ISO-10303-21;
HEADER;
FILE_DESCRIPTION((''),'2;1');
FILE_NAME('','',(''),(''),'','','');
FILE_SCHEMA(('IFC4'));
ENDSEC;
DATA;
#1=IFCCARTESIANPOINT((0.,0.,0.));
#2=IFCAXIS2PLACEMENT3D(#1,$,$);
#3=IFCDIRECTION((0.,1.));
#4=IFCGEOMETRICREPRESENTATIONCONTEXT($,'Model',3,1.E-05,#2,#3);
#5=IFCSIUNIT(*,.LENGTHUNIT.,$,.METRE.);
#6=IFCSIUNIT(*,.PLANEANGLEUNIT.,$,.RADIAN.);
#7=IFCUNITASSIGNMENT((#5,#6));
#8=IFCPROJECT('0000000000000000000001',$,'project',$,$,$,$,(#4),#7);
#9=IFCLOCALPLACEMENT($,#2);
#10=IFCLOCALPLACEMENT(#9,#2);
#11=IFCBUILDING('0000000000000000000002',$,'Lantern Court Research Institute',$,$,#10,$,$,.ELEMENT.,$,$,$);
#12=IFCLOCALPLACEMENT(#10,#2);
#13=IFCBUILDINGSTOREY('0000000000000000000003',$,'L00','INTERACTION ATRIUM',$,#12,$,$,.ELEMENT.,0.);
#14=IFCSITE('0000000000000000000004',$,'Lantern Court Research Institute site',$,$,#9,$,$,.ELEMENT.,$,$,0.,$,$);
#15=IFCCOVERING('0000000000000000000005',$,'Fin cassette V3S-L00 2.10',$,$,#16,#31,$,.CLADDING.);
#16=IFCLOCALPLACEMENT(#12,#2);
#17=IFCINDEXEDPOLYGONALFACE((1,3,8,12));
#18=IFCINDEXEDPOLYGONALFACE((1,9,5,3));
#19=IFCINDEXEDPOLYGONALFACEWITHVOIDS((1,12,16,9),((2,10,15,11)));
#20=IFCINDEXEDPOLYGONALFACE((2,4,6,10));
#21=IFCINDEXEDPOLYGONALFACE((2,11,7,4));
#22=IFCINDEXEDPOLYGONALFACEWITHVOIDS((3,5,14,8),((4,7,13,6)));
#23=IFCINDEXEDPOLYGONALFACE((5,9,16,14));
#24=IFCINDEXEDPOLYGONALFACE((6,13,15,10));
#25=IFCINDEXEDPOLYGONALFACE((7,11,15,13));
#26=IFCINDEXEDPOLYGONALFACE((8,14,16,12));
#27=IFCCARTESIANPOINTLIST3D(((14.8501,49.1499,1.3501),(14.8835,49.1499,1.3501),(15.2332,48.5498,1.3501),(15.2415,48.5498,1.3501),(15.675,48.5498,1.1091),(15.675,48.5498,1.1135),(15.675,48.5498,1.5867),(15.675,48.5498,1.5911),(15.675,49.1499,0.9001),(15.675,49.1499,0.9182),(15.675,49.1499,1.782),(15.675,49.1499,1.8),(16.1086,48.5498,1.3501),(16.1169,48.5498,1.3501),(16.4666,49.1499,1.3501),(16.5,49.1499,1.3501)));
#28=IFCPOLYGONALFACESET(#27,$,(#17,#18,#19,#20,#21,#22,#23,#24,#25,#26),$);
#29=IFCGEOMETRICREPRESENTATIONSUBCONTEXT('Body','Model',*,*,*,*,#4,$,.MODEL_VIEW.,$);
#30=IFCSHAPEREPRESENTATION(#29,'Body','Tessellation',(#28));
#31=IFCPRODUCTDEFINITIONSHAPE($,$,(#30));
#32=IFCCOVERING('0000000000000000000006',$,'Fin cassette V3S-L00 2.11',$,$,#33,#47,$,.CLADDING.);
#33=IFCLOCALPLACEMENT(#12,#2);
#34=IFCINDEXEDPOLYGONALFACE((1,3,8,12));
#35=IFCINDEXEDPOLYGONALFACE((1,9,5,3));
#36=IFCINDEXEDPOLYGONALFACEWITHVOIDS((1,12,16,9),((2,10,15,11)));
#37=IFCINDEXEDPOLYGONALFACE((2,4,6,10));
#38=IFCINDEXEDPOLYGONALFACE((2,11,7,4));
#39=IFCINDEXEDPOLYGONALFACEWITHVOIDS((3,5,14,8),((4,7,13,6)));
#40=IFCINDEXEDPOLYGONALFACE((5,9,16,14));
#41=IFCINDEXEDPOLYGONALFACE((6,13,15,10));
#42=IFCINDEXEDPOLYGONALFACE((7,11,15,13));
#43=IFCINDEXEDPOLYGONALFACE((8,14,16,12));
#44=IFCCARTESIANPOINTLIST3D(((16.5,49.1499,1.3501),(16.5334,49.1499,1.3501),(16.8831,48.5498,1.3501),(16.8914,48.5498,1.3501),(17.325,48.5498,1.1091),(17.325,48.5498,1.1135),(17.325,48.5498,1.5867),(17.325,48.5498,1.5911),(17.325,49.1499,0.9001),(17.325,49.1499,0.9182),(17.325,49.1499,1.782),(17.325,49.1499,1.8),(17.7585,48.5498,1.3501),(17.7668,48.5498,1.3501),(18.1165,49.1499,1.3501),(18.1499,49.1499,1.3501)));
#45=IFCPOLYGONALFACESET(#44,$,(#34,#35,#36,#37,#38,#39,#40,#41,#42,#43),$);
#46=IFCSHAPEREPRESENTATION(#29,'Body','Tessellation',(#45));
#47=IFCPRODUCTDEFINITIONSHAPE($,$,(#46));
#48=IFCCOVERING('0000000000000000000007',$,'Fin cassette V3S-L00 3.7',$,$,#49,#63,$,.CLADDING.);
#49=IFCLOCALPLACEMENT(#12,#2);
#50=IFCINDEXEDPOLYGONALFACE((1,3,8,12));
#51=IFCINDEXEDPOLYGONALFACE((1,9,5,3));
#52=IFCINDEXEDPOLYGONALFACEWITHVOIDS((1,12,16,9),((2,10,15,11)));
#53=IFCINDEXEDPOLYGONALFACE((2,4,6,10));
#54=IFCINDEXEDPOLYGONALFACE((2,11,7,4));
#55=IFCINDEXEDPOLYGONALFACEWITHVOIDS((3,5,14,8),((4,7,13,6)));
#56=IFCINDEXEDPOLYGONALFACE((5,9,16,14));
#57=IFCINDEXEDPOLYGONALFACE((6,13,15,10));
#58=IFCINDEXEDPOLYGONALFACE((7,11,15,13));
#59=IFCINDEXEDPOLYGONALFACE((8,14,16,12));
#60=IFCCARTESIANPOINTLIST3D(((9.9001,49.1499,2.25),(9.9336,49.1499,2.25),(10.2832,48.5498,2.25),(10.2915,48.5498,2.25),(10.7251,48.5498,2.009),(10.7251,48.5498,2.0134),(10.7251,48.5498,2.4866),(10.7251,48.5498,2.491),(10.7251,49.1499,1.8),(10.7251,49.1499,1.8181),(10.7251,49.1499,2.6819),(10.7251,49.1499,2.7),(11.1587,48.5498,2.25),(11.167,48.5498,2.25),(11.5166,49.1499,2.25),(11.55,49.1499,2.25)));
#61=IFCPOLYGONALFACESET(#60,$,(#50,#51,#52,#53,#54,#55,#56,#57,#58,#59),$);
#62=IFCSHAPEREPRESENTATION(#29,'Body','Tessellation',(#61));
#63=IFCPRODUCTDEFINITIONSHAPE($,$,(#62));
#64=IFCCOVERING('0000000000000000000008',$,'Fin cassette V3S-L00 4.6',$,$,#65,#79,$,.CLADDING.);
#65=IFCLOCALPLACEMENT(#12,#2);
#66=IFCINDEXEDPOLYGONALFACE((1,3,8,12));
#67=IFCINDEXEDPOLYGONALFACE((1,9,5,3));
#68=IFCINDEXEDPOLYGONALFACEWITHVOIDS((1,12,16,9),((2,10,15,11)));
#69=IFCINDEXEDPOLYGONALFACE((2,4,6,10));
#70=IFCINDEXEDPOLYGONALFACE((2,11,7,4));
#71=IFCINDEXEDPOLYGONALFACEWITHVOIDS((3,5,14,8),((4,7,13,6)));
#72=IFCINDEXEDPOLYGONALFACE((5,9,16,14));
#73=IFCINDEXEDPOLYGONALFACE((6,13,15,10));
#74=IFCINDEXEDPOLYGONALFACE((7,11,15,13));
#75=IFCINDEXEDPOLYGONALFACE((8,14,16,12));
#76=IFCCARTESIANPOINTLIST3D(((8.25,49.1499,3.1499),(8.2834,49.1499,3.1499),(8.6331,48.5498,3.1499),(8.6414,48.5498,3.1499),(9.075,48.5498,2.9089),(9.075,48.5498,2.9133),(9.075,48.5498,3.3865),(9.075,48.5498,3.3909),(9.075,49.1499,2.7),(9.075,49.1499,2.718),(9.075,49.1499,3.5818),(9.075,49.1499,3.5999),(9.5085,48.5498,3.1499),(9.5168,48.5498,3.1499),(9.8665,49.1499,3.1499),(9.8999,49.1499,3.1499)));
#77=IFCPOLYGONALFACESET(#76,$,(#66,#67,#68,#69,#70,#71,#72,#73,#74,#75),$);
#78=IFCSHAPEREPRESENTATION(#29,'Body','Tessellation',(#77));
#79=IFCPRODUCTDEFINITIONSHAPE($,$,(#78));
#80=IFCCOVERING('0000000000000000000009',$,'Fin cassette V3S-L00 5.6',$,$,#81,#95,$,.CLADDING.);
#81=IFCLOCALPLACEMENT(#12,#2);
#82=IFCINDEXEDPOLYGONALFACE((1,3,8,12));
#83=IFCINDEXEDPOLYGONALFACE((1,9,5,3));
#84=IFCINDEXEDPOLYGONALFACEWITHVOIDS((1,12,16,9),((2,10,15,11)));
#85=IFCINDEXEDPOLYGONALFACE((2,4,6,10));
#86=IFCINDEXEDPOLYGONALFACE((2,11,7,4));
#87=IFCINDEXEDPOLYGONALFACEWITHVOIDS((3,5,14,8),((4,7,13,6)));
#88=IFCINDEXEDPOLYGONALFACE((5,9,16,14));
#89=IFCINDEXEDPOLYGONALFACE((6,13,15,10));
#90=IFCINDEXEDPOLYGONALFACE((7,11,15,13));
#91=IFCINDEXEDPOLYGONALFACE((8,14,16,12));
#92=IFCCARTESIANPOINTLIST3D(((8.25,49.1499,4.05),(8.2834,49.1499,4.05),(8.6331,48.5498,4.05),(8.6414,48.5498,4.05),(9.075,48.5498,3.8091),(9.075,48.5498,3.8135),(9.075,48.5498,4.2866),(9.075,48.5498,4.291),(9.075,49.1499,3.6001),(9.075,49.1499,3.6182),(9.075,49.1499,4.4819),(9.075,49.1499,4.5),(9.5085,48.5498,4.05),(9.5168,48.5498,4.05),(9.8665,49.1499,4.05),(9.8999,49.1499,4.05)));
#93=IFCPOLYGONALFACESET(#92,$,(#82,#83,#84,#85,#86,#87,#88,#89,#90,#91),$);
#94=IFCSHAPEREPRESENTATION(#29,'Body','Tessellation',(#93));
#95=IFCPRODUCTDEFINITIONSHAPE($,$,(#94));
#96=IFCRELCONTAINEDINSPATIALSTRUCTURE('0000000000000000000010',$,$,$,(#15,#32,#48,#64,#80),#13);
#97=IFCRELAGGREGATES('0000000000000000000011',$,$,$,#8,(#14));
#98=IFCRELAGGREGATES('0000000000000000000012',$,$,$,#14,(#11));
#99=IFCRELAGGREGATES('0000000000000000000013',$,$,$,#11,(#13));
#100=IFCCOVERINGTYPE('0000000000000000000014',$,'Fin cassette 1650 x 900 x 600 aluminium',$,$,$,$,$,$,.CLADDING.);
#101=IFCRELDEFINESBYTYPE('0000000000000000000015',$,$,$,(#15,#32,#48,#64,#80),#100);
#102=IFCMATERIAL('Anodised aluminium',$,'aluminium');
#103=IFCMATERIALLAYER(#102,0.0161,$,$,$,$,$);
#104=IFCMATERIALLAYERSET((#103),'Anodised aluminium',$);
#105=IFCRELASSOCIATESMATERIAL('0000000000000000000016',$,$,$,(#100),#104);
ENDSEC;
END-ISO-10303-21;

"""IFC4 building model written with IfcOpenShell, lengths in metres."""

from ifc_helpers import new_model, entity, si_unit, direction, frame, origin, place, context, subcontext, project, spatial, material, layer, layer_set, type_object, element, save


model = new_model("IFC4")

# Units and contexts
model_context = context("Model", 3, precision=1e-05, world=origin(), true_north=direction((0.0, 1.0)))
body_context = subcontext(model_context, "Body", "Model", "MODEL_VIEW")
ifc_project = project(units=[si_unit("LENGTHUNIT", "METRE"), si_unit("PLANEANGLEUNIT", "RADIAN")], contexts=[model_context])

# Site, building, storey
site_placement = place(None, origin())
site = spatial("IfcSite", under=ifc_project, at=site_placement, Name="Lantern Court Research Institute site", CompositionType="ELEMENT", RefElevation=0.0)
building_placement = place(site_placement, origin())
building = spatial("IfcBuilding", under=site, at=building_placement, Name="Lantern Court Research Institute", CompositionType="ELEMENT")
storey_placement = place(building_placement, origin())
storey = spatial("IfcBuildingStorey", under=building, at=storey_placement, Name="L00", Description="INTERACTION ATRIUM", CompositionType="ELEMENT", Elevation=0.0)

# Coverings
ifc_material_1 = material(Name="Anodised aluminium", Category="aluminium")
ifc_layer_1 = layer(ifc_material_1, 0.0161)
ifc_layer_set_1 = layer_set([ifc_layer_1], Name="Anodised aluminium")
covering_type_1 = type_object("IfcCoveringType", Name="Fin cassette 1650 x 900 x 600 aluminium", PredefinedType="CLADDING", material=ifc_layer_set_1)
covering_1_placement = place(storey_placement, frame((15.675, 49.1499, 1.3501), z_axis=(0.0, -1.0, 0.0), x_axis=(1.0, 0.0, 0.0)))
cartesian_point_1 = entity("IfcCartesianPoint", [0.825, 0.0])
cartesian_point_2 = entity("IfcCartesianPoint", [0.7915, 0.0])
cartesian_point_3 = entity("IfcCartesianPoint", [0.4419, 0.0])
cartesian_point_4 = entity("IfcCartesianPoint", [0.4336, 0.0])
element("IfcCovering", 1, at=covering_1_placement, inside=storey, type_object=covering_type_1, Name="Fin cassette V3S-L00 2.10", PredefinedType="CLADDING", context=body_context, shape_type="SweptSolid", body=[
    entity("IfcExtrudedAreaSolidTapered", entity("IfcArbitraryProfileDefWithVoids", "AREA", None, entity("IfcPolyline", [cartesian_point_1, entity("IfcCartesianPoint", [0.0, 0.45]), entity("IfcCartesianPoint", [-0.825, 0.0]), entity("IfcCartesianPoint", [0.0, -0.45]), cartesian_point_1]), [entity("IfcPolyline", [cartesian_point_2, entity("IfcCartesianPoint", [0.0, 0.4319]), entity("IfcCartesianPoint", [-0.7915, 0.0]), entity("IfcCartesianPoint", [0.0, -0.4319]), cartesian_point_2])]), entity("IfcAxis2Placement3D", entity("IfcCartesianPoint", [0.0, 0.0, 0.0])), entity("IfcDirection", [0.0, 0.0, 1.0]), 0.6001, entity("IfcArbitraryProfileDefWithVoids", "AREA", None, entity("IfcPolyline", [cartesian_point_3, entity("IfcCartesianPoint", [0.0, 0.241]), entity("IfcCartesianPoint", [-0.4419, 0.0]), entity("IfcCartesianPoint", [0.0, -0.241]), cartesian_point_3]), [entity("IfcPolyline", [cartesian_point_4, entity("IfcCartesianPoint", [0.0, 0.2366]), entity("IfcCartesianPoint", [-0.4336, 0.0]), entity("IfcCartesianPoint", [0.0, -0.2366]), cartesian_point_4])])),
])
covering_2_placement = place(storey_placement, frame((17.325, 49.1499, 1.3501), z_axis=(0.0, -1.0, 0.0), x_axis=(1.0, 0.0, 0.0)))
cartesian_point_5 = entity("IfcCartesianPoint", [0.825, 0.0])
cartesian_point_6 = entity("IfcCartesianPoint", [0.7915, 0.0])
cartesian_point_7 = entity("IfcCartesianPoint", [0.4419, 0.0])
cartesian_point_8 = entity("IfcCartesianPoint", [0.4336, 0.0])
element("IfcCovering", 2, at=covering_2_placement, inside=storey, type_object=covering_type_1, Name="Fin cassette V3S-L00 2.11", PredefinedType="CLADDING", context=body_context, shape_type="SweptSolid", body=[
    entity("IfcExtrudedAreaSolidTapered", entity("IfcArbitraryProfileDefWithVoids", "AREA", None, entity("IfcPolyline", [cartesian_point_5, entity("IfcCartesianPoint", [0.0, 0.45]), entity("IfcCartesianPoint", [-0.825, 0.0]), entity("IfcCartesianPoint", [0.0, -0.45]), cartesian_point_5]), [entity("IfcPolyline", [cartesian_point_6, entity("IfcCartesianPoint", [0.0, 0.4319]), entity("IfcCartesianPoint", [-0.7915, 0.0]), entity("IfcCartesianPoint", [0.0, -0.4319]), cartesian_point_6])]), entity("IfcAxis2Placement3D", entity("IfcCartesianPoint", [0.0, 0.0, 0.0])), entity("IfcDirection", [0.0, 0.0, 1.0]), 0.6001, entity("IfcArbitraryProfileDefWithVoids", "AREA", None, entity("IfcPolyline", [cartesian_point_7, entity("IfcCartesianPoint", [0.0, 0.241]), entity("IfcCartesianPoint", [-0.4419, 0.0]), entity("IfcCartesianPoint", [0.0, -0.241]), cartesian_point_7]), [entity("IfcPolyline", [cartesian_point_8, entity("IfcCartesianPoint", [0.0, 0.2366]), entity("IfcCartesianPoint", [-0.4336, 0.0]), entity("IfcCartesianPoint", [0.0, -0.2366]), cartesian_point_8])])),
])
covering_3_placement = place(storey_placement, frame((10.7251, 49.1499, 2.25), z_axis=(0.0, -1.0, 0.0), x_axis=(1.0, 0.0, 0.0)))
cartesian_point_9 = entity("IfcCartesianPoint", [0.825, 0.0])
cartesian_point_10 = entity("IfcCartesianPoint", [0.7915, 0.0])
cartesian_point_11 = entity("IfcCartesianPoint", [0.4419, 0.0])
cartesian_point_12 = entity("IfcCartesianPoint", [0.4336, 0.0])
element("IfcCovering", 3, at=covering_3_placement, inside=storey, type_object=covering_type_1, Name="Fin cassette V3S-L00 3.7", PredefinedType="CLADDING", context=body_context, shape_type="SweptSolid", body=[
    entity("IfcExtrudedAreaSolidTapered", entity("IfcArbitraryProfileDefWithVoids", "AREA", None, entity("IfcPolyline", [cartesian_point_9, entity("IfcCartesianPoint", [0.0, 0.45]), entity("IfcCartesianPoint", [-0.825, 0.0]), entity("IfcCartesianPoint", [0.0, -0.45]), cartesian_point_9]), [entity("IfcPolyline", [cartesian_point_10, entity("IfcCartesianPoint", [0.0, 0.4319]), entity("IfcCartesianPoint", [-0.7915, 0.0]), entity("IfcCartesianPoint", [0.0, -0.4319]), cartesian_point_10])]), entity("IfcAxis2Placement3D", entity("IfcCartesianPoint", [0.0, 0.0, 0.0])), entity("IfcDirection", [0.0, 0.0, 1.0]), 0.6001, entity("IfcArbitraryProfileDefWithVoids", "AREA", None, entity("IfcPolyline", [cartesian_point_11, entity("IfcCartesianPoint", [0.0, 0.241]), entity("IfcCartesianPoint", [-0.4419, 0.0]), entity("IfcCartesianPoint", [0.0, -0.241]), cartesian_point_11]), [entity("IfcPolyline", [cartesian_point_12, entity("IfcCartesianPoint", [0.0, 0.2366]), entity("IfcCartesianPoint", [-0.4336, 0.0]), entity("IfcCartesianPoint", [0.0, -0.2366]), cartesian_point_12])])),
])
covering_4_placement = place(storey_placement, frame((9.075, 49.1499, 3.1499), z_axis=(0.0, -1.0, 0.0), x_axis=(1.0, 0.0, 0.0)))
cartesian_point_13 = entity("IfcCartesianPoint", [0.825, 0.0])
cartesian_point_14 = entity("IfcCartesianPoint", [0.7915, 0.0])
cartesian_point_15 = entity("IfcCartesianPoint", [0.4419, 0.0])
cartesian_point_16 = entity("IfcCartesianPoint", [0.4336, 0.0])
element("IfcCovering", 4, at=covering_4_placement, inside=storey, type_object=covering_type_1, Name="Fin cassette V3S-L00 4.6", PredefinedType="CLADDING", context=body_context, shape_type="SweptSolid", body=[
    entity("IfcExtrudedAreaSolidTapered", entity("IfcArbitraryProfileDefWithVoids", "AREA", None, entity("IfcPolyline", [cartesian_point_13, entity("IfcCartesianPoint", [0.0, 0.45]), entity("IfcCartesianPoint", [-0.825, 0.0]), entity("IfcCartesianPoint", [0.0, -0.45]), cartesian_point_13]), [entity("IfcPolyline", [cartesian_point_14, entity("IfcCartesianPoint", [0.0, 0.4319]), entity("IfcCartesianPoint", [-0.7915, 0.0]), entity("IfcCartesianPoint", [0.0, -0.4319]), cartesian_point_14])]), entity("IfcAxis2Placement3D", entity("IfcCartesianPoint", [0.0, 0.0, 0.0])), entity("IfcDirection", [0.0, 0.0, 1.0]), 0.6001, entity("IfcArbitraryProfileDefWithVoids", "AREA", None, entity("IfcPolyline", [cartesian_point_15, entity("IfcCartesianPoint", [0.0, 0.241]), entity("IfcCartesianPoint", [-0.4419, 0.0]), entity("IfcCartesianPoint", [0.0, -0.241]), cartesian_point_15]), [entity("IfcPolyline", [cartesian_point_16, entity("IfcCartesianPoint", [0.0, 0.2366]), entity("IfcCartesianPoint", [-0.4336, 0.0]), entity("IfcCartesianPoint", [0.0, -0.2366]), cartesian_point_16])])),
])
covering_5_placement = place(storey_placement, frame((9.075, 49.1499, 4.05), z_axis=(0.0, -1.0, 0.0), x_axis=(1.0, 0.0, 0.0)))
cartesian_point_17 = entity("IfcCartesianPoint", [0.825, 0.0])
cartesian_point_18 = entity("IfcCartesianPoint", [0.7915, 0.0])
cartesian_point_19 = entity("IfcCartesianPoint", [0.4419, 0.0])
cartesian_point_20 = entity("IfcCartesianPoint", [0.4336, 0.0])
element("IfcCovering", 5, at=covering_5_placement, inside=storey, type_object=covering_type_1, Name="Fin cassette V3S-L00 5.6", PredefinedType="CLADDING", context=body_context, shape_type="SweptSolid", body=[
    entity("IfcExtrudedAreaSolidTapered", entity("IfcArbitraryProfileDefWithVoids", "AREA", None, entity("IfcPolyline", [cartesian_point_17, entity("IfcCartesianPoint", [0.0, 0.45]), entity("IfcCartesianPoint", [-0.825, 0.0]), entity("IfcCartesianPoint", [0.0, -0.45]), cartesian_point_17]), [entity("IfcPolyline", [cartesian_point_18, entity("IfcCartesianPoint", [0.0, 0.4319]), entity("IfcCartesianPoint", [-0.7915, 0.0]), entity("IfcCartesianPoint", [0.0, -0.4319]), cartesian_point_18])]), entity("IfcAxis2Placement3D", entity("IfcCartesianPoint", [0.0, 0.0, 0.0])), entity("IfcDirection", [0.0, 0.0, 1.0]), 0.6001, entity("IfcArbitraryProfileDefWithVoids", "AREA", None, entity("IfcPolyline", [cartesian_point_19, entity("IfcCartesianPoint", [0.0, 0.241]), entity("IfcCartesianPoint", [-0.4419, 0.0]), entity("IfcCartesianPoint", [0.0, -0.241]), cartesian_point_19]), [entity("IfcPolyline", [cartesian_point_20, entity("IfcCartesianPoint", [0.0, 0.2366]), entity("IfcCartesianPoint", [-0.4336, 0.0]), entity("IfcCartesianPoint", [0.0, -0.2366]), cartesian_point_20])])),
])

save(model, "model.ifc")
